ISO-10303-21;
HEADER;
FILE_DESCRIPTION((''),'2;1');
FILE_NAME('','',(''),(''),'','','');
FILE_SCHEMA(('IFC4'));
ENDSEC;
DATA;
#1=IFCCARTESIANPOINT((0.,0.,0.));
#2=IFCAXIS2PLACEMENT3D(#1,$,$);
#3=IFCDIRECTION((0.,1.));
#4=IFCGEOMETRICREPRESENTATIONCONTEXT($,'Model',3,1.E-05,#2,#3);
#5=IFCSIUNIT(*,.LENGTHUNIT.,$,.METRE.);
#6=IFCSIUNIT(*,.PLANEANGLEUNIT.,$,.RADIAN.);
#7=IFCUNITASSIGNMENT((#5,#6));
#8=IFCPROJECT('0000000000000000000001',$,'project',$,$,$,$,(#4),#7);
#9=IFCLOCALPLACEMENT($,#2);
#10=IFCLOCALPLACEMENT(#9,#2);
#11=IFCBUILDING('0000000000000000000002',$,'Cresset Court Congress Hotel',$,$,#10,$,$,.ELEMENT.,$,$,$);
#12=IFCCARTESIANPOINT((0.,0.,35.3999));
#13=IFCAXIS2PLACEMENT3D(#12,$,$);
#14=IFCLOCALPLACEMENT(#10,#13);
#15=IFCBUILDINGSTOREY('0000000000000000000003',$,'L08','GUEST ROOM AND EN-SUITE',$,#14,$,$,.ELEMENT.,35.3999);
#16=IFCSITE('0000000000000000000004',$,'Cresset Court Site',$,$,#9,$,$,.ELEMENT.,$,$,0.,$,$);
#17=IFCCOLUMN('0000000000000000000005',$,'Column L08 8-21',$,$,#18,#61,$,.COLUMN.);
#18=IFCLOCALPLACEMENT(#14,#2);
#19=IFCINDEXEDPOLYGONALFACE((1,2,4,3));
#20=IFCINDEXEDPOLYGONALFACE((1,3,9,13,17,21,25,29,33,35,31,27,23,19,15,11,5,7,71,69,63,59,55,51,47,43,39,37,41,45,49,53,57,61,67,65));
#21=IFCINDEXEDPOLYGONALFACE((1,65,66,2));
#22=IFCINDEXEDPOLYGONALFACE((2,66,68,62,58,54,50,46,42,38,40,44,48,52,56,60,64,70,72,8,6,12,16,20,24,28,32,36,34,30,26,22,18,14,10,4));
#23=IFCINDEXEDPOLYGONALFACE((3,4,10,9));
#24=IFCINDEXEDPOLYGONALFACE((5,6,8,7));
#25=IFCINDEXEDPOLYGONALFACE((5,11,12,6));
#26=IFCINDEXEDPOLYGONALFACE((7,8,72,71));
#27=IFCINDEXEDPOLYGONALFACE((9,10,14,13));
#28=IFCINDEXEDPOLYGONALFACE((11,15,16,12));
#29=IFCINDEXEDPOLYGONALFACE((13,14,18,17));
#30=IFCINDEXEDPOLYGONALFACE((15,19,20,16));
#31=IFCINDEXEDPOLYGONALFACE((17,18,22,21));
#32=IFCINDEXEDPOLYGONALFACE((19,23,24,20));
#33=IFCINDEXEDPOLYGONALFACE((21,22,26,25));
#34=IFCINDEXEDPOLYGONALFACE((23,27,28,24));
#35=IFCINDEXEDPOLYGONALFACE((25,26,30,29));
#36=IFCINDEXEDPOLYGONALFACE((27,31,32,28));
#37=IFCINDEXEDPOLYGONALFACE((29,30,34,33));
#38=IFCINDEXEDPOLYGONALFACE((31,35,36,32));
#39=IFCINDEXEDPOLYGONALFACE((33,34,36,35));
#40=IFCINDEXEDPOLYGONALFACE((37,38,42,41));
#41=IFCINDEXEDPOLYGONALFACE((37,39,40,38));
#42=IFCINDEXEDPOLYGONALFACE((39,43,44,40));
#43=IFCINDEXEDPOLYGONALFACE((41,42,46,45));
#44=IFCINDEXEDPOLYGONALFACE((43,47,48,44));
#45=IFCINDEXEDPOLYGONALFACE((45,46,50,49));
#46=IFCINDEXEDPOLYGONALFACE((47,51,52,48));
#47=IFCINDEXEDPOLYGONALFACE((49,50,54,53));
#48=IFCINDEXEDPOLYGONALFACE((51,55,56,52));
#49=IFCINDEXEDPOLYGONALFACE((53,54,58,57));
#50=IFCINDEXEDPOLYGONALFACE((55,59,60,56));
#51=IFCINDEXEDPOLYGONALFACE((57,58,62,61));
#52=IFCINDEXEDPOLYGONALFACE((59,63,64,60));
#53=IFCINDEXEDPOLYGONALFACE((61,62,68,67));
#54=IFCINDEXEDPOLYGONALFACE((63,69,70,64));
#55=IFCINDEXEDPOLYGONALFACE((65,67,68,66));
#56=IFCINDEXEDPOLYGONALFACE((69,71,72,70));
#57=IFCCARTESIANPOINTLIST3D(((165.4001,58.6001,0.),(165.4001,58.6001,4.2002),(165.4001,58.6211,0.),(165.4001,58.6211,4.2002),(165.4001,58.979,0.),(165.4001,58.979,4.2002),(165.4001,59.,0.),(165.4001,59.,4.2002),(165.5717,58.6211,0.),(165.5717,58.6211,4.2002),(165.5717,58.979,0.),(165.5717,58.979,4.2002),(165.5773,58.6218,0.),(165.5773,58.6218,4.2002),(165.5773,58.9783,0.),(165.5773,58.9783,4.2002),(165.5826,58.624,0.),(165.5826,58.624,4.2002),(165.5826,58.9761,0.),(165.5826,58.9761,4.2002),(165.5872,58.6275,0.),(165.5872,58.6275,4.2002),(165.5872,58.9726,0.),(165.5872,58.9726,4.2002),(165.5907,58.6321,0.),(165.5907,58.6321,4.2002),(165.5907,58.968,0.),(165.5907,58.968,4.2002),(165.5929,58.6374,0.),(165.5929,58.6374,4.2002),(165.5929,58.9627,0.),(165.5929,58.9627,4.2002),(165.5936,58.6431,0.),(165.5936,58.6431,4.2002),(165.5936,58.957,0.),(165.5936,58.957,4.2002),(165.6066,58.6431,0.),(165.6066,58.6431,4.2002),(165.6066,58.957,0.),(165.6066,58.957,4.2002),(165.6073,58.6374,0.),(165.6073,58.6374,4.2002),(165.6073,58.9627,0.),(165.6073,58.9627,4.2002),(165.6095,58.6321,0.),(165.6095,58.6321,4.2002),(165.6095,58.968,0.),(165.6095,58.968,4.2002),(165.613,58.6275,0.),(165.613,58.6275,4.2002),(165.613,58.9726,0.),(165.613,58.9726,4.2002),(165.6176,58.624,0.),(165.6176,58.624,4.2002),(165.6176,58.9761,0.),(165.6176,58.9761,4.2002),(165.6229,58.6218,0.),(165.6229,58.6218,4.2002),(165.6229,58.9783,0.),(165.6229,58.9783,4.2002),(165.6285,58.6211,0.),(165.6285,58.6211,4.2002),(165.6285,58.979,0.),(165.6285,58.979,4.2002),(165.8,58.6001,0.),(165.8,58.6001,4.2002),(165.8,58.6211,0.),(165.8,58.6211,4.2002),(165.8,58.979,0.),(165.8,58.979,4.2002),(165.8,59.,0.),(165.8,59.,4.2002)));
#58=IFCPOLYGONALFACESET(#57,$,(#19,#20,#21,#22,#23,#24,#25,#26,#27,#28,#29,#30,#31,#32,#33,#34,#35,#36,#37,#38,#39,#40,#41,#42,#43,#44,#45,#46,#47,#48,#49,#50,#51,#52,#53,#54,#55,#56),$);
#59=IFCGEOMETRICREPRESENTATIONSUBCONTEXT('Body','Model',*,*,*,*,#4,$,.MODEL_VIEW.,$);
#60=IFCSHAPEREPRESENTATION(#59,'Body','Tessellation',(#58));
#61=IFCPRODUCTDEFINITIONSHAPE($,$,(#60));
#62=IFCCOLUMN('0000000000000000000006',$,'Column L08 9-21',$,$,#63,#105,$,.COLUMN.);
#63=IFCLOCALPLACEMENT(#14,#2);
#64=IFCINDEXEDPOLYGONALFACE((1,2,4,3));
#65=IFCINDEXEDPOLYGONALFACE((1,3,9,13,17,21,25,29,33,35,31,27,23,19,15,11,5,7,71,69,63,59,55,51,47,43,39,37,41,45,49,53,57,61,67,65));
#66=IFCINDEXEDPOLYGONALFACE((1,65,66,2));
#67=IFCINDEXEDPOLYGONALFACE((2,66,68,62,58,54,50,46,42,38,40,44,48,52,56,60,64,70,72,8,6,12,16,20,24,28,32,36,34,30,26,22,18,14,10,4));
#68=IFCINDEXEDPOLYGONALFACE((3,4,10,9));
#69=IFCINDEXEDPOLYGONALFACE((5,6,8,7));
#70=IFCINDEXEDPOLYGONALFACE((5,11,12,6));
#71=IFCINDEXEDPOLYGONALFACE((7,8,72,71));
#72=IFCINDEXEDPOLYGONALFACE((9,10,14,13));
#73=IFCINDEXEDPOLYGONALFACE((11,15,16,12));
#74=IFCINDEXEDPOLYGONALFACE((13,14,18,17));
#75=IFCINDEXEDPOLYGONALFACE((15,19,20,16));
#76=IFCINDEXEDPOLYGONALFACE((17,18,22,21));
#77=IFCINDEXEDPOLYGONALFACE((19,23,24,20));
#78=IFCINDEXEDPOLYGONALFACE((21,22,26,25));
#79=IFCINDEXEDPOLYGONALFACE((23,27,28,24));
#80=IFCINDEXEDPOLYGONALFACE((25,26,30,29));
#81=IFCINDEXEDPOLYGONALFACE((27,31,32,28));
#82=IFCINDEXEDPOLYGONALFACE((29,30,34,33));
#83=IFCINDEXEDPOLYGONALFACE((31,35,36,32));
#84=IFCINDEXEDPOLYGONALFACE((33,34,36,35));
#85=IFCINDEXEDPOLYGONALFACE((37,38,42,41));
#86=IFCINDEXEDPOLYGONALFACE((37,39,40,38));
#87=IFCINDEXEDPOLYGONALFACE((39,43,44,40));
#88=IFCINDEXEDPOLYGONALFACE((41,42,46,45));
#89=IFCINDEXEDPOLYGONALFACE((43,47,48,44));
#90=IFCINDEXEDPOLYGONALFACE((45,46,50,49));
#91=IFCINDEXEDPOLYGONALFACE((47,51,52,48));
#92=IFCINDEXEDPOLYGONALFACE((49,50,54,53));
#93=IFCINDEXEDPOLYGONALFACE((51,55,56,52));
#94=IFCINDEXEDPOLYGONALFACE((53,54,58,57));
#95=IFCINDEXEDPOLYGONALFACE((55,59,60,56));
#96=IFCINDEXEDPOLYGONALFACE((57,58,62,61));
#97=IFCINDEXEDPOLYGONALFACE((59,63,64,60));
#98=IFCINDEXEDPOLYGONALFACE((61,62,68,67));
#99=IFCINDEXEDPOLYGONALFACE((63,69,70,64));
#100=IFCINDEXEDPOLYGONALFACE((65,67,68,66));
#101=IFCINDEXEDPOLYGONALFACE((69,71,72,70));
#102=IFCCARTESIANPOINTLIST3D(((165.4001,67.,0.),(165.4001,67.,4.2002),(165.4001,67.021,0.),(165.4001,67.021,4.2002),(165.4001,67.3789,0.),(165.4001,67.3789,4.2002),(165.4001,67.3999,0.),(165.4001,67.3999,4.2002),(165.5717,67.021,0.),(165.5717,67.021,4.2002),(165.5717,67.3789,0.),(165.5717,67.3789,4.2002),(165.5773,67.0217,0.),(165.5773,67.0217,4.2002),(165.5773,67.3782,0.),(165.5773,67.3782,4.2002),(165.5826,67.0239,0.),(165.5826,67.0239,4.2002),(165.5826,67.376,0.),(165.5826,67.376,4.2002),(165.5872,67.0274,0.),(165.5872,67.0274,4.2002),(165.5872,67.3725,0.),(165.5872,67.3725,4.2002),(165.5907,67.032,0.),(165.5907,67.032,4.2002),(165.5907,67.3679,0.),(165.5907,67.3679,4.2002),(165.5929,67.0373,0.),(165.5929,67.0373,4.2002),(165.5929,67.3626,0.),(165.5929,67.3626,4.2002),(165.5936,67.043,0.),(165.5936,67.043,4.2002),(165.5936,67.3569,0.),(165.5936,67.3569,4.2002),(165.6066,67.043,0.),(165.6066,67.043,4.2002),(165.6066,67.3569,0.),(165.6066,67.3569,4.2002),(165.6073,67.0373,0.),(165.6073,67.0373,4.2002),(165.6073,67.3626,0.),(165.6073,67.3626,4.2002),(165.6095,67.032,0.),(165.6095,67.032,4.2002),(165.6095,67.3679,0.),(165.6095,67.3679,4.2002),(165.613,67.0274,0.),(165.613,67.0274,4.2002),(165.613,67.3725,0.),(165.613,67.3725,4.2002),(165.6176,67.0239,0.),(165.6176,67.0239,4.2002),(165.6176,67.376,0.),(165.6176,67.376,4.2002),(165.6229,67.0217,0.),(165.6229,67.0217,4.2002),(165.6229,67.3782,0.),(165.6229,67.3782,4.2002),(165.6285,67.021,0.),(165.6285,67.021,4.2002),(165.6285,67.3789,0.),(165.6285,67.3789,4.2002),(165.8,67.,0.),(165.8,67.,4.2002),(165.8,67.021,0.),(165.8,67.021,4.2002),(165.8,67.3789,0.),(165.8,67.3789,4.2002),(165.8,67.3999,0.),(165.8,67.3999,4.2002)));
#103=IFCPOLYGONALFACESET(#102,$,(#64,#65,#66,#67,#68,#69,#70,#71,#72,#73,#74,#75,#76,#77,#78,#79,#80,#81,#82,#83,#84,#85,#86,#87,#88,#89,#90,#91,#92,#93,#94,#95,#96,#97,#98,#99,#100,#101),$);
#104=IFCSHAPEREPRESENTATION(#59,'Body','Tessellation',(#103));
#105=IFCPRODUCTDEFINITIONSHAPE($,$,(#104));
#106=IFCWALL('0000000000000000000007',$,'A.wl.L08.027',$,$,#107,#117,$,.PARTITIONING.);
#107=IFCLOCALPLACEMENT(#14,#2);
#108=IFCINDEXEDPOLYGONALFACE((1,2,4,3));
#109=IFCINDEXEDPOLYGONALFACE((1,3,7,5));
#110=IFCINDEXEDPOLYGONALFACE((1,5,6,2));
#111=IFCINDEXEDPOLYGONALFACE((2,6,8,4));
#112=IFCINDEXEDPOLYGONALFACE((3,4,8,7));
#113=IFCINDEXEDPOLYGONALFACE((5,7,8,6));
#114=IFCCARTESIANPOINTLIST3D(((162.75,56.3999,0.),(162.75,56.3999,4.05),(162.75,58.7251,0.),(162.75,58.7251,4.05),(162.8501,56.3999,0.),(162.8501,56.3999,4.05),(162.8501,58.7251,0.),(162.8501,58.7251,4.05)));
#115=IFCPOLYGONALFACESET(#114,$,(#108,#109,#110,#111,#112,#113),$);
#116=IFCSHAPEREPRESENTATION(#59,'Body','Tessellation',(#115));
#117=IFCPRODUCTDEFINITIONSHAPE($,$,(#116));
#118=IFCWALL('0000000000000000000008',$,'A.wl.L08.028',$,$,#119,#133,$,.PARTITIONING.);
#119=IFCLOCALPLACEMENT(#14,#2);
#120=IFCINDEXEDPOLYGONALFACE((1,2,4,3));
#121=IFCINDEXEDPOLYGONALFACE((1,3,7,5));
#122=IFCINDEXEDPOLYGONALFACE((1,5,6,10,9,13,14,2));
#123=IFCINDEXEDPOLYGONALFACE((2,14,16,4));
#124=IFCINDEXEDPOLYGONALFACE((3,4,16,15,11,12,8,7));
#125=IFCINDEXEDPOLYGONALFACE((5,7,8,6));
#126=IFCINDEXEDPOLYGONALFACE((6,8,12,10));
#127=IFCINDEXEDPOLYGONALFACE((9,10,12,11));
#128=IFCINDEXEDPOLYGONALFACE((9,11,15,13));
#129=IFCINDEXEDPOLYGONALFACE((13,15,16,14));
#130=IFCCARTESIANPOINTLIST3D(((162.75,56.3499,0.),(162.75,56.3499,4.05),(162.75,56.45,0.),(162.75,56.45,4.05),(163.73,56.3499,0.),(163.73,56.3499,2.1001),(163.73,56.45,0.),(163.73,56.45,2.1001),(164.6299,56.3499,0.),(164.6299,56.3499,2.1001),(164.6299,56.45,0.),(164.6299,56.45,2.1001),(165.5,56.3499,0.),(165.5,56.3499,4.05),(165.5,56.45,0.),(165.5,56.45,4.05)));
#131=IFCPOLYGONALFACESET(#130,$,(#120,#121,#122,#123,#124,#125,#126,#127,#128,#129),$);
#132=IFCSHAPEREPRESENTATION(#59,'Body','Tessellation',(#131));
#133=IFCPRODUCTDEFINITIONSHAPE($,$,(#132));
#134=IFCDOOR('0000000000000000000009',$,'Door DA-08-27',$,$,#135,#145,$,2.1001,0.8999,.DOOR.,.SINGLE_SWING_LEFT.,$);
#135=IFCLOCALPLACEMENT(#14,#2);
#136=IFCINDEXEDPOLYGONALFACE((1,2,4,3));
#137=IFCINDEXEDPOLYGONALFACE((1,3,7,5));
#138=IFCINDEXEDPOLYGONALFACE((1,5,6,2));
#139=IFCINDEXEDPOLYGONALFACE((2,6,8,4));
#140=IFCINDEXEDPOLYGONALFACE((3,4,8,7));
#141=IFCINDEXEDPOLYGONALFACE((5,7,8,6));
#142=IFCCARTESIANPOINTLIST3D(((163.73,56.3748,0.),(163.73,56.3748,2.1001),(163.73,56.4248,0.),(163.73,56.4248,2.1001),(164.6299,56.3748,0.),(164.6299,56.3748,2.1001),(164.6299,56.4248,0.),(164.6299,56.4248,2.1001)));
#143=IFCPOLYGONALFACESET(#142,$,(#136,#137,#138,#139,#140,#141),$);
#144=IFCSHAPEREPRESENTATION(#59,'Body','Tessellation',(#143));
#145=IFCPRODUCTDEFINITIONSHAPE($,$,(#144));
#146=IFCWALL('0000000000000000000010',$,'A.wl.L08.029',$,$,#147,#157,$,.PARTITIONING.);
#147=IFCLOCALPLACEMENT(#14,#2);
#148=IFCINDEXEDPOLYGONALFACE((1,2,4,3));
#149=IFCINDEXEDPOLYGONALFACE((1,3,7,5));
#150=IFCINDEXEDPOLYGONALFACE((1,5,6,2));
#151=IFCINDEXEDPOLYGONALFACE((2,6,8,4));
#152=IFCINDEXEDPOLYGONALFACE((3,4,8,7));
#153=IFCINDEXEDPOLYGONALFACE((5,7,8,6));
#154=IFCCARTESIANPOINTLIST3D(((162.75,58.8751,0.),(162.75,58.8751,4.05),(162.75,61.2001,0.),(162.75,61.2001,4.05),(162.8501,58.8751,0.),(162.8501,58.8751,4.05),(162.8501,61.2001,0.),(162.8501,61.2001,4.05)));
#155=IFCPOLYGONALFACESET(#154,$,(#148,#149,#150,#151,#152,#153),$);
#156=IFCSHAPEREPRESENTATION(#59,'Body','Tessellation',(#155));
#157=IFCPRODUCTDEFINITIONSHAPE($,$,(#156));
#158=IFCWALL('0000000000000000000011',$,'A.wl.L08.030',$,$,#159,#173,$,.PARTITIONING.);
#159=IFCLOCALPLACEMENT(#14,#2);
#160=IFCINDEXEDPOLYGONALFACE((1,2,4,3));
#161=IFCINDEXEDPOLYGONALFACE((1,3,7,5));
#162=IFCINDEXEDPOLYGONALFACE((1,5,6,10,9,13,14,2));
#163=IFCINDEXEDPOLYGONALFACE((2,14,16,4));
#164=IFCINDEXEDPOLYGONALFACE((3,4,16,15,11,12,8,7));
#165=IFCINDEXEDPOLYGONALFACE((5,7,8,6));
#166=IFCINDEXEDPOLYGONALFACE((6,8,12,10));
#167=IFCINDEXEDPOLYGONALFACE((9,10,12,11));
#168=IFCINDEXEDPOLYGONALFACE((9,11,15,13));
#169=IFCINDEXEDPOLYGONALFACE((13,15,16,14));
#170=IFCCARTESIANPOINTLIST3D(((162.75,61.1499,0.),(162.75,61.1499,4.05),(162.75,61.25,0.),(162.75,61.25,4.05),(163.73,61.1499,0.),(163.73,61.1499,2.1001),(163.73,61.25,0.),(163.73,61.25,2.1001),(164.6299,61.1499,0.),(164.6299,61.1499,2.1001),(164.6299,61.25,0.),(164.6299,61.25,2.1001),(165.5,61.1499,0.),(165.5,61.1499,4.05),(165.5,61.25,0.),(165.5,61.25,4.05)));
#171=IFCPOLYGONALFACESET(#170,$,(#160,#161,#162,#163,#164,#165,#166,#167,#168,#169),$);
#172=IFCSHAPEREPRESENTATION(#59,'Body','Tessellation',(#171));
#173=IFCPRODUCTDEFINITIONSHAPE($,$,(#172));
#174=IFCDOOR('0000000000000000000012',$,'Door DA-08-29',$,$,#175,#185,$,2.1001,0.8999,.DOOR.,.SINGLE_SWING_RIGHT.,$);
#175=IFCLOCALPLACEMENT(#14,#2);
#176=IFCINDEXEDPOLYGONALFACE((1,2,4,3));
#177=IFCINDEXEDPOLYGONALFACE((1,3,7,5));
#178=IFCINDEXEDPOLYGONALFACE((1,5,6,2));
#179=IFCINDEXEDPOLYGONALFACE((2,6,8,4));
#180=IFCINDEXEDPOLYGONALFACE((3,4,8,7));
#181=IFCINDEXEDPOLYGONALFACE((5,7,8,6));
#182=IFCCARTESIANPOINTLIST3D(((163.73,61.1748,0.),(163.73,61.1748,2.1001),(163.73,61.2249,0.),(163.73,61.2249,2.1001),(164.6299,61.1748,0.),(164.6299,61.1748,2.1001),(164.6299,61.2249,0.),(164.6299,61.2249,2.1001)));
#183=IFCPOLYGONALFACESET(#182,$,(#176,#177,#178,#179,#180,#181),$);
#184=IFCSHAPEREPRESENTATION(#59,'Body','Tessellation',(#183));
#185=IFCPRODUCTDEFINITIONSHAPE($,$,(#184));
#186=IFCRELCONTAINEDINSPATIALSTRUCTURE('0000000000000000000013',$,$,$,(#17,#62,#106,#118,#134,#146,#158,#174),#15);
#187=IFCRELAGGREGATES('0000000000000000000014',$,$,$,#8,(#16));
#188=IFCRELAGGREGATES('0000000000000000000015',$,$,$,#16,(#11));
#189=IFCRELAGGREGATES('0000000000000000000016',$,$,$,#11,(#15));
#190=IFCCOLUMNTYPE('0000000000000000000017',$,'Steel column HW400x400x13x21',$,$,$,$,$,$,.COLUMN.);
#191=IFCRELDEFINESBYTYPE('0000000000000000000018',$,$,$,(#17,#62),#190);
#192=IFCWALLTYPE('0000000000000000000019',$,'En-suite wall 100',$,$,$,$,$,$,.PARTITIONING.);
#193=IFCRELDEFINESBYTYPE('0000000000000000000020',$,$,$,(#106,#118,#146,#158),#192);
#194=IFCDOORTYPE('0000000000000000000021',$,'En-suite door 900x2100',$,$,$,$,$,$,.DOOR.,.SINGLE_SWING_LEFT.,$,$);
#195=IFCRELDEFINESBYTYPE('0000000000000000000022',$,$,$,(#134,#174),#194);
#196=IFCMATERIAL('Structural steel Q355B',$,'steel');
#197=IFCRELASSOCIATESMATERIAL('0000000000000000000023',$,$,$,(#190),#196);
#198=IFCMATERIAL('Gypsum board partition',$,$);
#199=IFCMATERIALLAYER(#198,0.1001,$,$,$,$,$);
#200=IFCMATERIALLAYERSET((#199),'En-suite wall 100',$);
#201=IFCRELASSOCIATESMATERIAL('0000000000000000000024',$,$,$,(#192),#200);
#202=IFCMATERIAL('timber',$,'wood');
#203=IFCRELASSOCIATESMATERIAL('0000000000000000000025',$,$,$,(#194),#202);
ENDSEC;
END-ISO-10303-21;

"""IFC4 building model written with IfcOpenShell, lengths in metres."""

from ifc_helpers import new_model, si_unit, direction, frame, frame_2d, origin, origin_2d, place, context, subcontext, project, spatial, rectangle, i_section, extrude, material, layer, layer_set, material_profile, profile_set, type_object, element, fill, save


model = new_model("IFC4")

# Units and contexts
model_context = context("Model", 3, precision=1e-05, world=origin(), true_north=direction((0.0, 1.0)))
body_context = subcontext(model_context, "Body", "Model", "MODEL_VIEW")
ifc_project = project(units=[si_unit("LENGTHUNIT", "METRE"), si_unit("PLANEANGLEUNIT", "RADIAN")], contexts=[model_context])

# Site, building, storey
site_placement = place(None, origin())
site = spatial("IfcSite", under=ifc_project, at=site_placement, Name="Cresset Court Site", CompositionType="ELEMENT", RefElevation=0.0)
building_placement = place(site_placement, origin())
building = spatial("IfcBuilding", under=site, at=building_placement, Name="Cresset Court Congress Hotel", CompositionType="ELEMENT")
storey_placement = place(building_placement, frame((0.0, 0.0, 35.3999)))
storey = spatial("IfcBuildingStorey", under=building, at=storey_placement, Name="L08", Description="GUEST ROOM AND EN-SUITE", CompositionType="ELEMENT", Elevation=35.3999)

# Columns
ifc_material_1 = material(Name="Structural steel Q355B", Category="steel")
ifc_material_profile = material_profile(ifc_material_1, i_section(OverallWidth=0.3999, OverallDepth=0.3999, WebThickness=0.0129, FlangeThickness=0.021, FilletRadius=0.022, at=origin_2d()), Name="HW400x400x13x21")
ifc_profile_set = profile_set([ifc_material_profile], Name="Structural steel Q355B")
column_type = type_object("IfcColumnType", Name="Steel column HW400x400x13x21", PredefinedType="COLUMN", material=ifc_profile_set)
for number, where, z_axis, x_axis, name in (
    (1, (165.6001, 58.8, 0.0), (0.0, 0.0, 1.0), (1.0, 0.0, 0.0), "Column L08 8-21"),
    (2, (165.6001, 67.2, 0.0), (0.0, 0.0, 1.0), (1.0, 0.0, 0.0), "Column L08 9-21"),
):
    element("IfcColumn", number, at=place(storey_placement, frame(where, z_axis=z_axis, x_axis=x_axis)), inside=storey, type_object=column_type, Name=name, PredefinedType="COLUMN", context=body_context, shape_type="SweptSolid", body=[
        extrude(i_section(OverallWidth=0.3999, OverallDepth=0.3999, WebThickness=0.0129, FlangeThickness=0.021, FilletRadius=0.022, at=origin_2d()), origin(), (0.0, 0.0, 1.0), 4.2002),
    ])

# Wall
ifc_material_2 = material(Name="Gypsum board partition")
ifc_layer_1 = layer(ifc_material_2, 0.1001)
ifc_layer_set_1 = layer_set([ifc_layer_1], Name="En-suite wall 100")
wall_type_1 = type_object("IfcWallType", Name="En-suite wall 100", PredefinedType="PARTITIONING", material=ifc_layer_set_1)
wall_1_placement = place(storey_placement, frame((162.8, 56.3999, 0.0), z_axis=(0.0, 0.0, 1.0), x_axis=(0.0, 1.0, 0.0)))
element("IfcWall", 3, at=wall_1_placement, inside=storey, type_object=wall_type_1, Name="A.wl.L08.027", PredefinedType="PARTITIONING", context=body_context, shape_type="SweptSolid", body=[
    extrude(rectangle(XDim=2.3252, YDim=0.1001, at=frame_2d((1.1626, 0.0))), origin(), (0.0, 0.0, 1.0), 4.05),
])

# Wall, opening, door
wall_2_placement = place(storey_placement, frame((162.75, 56.3999, 0.0), z_axis=(0.0, 0.0, 1.0), x_axis=(1.0, 0.0, 0.0)))
wall_2 = element("IfcWall", 4, at=wall_2_placement, inside=storey, type_object=wall_type_1, Name="A.wl.L08.028", PredefinedType="PARTITIONING", context=body_context, shape_type="SweptSolid", body=[
    extrude(rectangle(XDim=2.75, YDim=0.1001, at=frame_2d((1.375, 0.0))), origin(), (0.0, 0.0, 1.0), 4.05),
])
opening_1_placement = place(wall_2_placement, frame((0.98, 0.0, 0.0)))
opening_1 = element("IfcOpeningElement", 5, at=opening_1_placement, cuts=wall_2, PredefinedType="OPENING", context=body_context, shape_type="SweptSolid", body=[
    extrude(rectangle(XDim=0.8999, YDim=2.1001, at=frame_2d((0.45, 1.05))), frame((0.0, 0.0601, 0.0), z_axis=(0.0, -1.0, 0.0), x_axis=(1.0, 0.0, 0.0)), (0.0, 0.0, 1.0), 0.1201),
])
ifc_material_3 = material(Name="timber", Category="wood")
door_type = type_object("IfcDoorType", Name="En-suite door 900x2100", OperationType="SINGLE_SWING_LEFT", PredefinedType="DOOR", material=ifc_material_3)
door_1_placement = place(opening_1_placement, origin())
door_1 = element("IfcDoor", 6, at=door_1_placement, inside=storey, type_object=door_type, Name="Door DA-08-27", OperationType="SINGLE_SWING_LEFT", OverallHeight=2.1001, OverallWidth=0.8999, PredefinedType="DOOR", context=body_context, shape_type="SweptSolid", body=[
    extrude(rectangle(XDim=0.8999, YDim=2.1001, at=frame_2d((0.45, 1.05))), frame((0.0, 0.0249, 0.0), z_axis=(0.0, -1.0, 0.0), x_axis=(1.0, 0.0, 0.0)), (0.0, 0.0, 1.0), 0.05),
])
fill(opening_1, door_1)

# Wall
wall_3_placement = place(storey_placement, frame((162.8, 58.875, 0.0), z_axis=(0.0, 0.0, 1.0), x_axis=(0.0, 1.0, 0.0)))
element("IfcWall", 7, at=wall_3_placement, inside=storey, type_object=wall_type_1, Name="A.wl.L08.029", PredefinedType="PARTITIONING", context=body_context, shape_type="SweptSolid", body=[
    extrude(rectangle(XDim=2.325, YDim=0.1001, at=frame_2d((1.1626, 0.0))), origin(), (0.0, 0.0, 1.0), 4.05),
])

# Wall, opening, door
wall_4_placement = place(storey_placement, frame((162.75, 61.2, 0.0), z_axis=(0.0, 0.0, 1.0), x_axis=(1.0, 0.0, 0.0)))
wall_4 = element("IfcWall", 8, at=wall_4_placement, inside=storey, type_object=wall_type_1, Name="A.wl.L08.030", PredefinedType="PARTITIONING", context=body_context, shape_type="SweptSolid", body=[
    extrude(rectangle(XDim=2.75, YDim=0.1001, at=frame_2d((1.375, 0.0))), origin(), (0.0, 0.0, 1.0), 4.05),
])
opening_2_placement = place(wall_4_placement, frame((0.98, 0.0, 0.0)))
opening_2 = element("IfcOpeningElement", 9, at=opening_2_placement, cuts=wall_4, PredefinedType="OPENING", context=body_context, shape_type="SweptSolid", body=[
    extrude(rectangle(XDim=0.8999, YDim=2.1001, at=frame_2d((0.45, 1.05))), frame((0.0, 0.0601, 0.0), z_axis=(0.0, -1.0, 0.0), x_axis=(1.0, 0.0, 0.0)), (0.0, 0.0, 1.0), 0.1201),
])
door_2_placement = place(opening_2_placement, origin())
door_2 = element("IfcDoor", 10, at=door_2_placement, inside=storey, type_object=door_type, Name="Door DA-08-29", OperationType="SINGLE_SWING_RIGHT", OverallHeight=2.1001, OverallWidth=0.8999, PredefinedType="DOOR", context=body_context, shape_type="SweptSolid", body=[
    extrude(rectangle(XDim=0.8999, YDim=2.1001, at=frame_2d((0.45, 1.05))), frame((0.0, 0.0249, 0.0), z_axis=(0.0, -1.0, 0.0), x_axis=(1.0, 0.0, 0.0)), (0.0, 0.0, 1.0), 0.05),
])
fill(opening_2, door_2)

save(model, "model.ifc")
